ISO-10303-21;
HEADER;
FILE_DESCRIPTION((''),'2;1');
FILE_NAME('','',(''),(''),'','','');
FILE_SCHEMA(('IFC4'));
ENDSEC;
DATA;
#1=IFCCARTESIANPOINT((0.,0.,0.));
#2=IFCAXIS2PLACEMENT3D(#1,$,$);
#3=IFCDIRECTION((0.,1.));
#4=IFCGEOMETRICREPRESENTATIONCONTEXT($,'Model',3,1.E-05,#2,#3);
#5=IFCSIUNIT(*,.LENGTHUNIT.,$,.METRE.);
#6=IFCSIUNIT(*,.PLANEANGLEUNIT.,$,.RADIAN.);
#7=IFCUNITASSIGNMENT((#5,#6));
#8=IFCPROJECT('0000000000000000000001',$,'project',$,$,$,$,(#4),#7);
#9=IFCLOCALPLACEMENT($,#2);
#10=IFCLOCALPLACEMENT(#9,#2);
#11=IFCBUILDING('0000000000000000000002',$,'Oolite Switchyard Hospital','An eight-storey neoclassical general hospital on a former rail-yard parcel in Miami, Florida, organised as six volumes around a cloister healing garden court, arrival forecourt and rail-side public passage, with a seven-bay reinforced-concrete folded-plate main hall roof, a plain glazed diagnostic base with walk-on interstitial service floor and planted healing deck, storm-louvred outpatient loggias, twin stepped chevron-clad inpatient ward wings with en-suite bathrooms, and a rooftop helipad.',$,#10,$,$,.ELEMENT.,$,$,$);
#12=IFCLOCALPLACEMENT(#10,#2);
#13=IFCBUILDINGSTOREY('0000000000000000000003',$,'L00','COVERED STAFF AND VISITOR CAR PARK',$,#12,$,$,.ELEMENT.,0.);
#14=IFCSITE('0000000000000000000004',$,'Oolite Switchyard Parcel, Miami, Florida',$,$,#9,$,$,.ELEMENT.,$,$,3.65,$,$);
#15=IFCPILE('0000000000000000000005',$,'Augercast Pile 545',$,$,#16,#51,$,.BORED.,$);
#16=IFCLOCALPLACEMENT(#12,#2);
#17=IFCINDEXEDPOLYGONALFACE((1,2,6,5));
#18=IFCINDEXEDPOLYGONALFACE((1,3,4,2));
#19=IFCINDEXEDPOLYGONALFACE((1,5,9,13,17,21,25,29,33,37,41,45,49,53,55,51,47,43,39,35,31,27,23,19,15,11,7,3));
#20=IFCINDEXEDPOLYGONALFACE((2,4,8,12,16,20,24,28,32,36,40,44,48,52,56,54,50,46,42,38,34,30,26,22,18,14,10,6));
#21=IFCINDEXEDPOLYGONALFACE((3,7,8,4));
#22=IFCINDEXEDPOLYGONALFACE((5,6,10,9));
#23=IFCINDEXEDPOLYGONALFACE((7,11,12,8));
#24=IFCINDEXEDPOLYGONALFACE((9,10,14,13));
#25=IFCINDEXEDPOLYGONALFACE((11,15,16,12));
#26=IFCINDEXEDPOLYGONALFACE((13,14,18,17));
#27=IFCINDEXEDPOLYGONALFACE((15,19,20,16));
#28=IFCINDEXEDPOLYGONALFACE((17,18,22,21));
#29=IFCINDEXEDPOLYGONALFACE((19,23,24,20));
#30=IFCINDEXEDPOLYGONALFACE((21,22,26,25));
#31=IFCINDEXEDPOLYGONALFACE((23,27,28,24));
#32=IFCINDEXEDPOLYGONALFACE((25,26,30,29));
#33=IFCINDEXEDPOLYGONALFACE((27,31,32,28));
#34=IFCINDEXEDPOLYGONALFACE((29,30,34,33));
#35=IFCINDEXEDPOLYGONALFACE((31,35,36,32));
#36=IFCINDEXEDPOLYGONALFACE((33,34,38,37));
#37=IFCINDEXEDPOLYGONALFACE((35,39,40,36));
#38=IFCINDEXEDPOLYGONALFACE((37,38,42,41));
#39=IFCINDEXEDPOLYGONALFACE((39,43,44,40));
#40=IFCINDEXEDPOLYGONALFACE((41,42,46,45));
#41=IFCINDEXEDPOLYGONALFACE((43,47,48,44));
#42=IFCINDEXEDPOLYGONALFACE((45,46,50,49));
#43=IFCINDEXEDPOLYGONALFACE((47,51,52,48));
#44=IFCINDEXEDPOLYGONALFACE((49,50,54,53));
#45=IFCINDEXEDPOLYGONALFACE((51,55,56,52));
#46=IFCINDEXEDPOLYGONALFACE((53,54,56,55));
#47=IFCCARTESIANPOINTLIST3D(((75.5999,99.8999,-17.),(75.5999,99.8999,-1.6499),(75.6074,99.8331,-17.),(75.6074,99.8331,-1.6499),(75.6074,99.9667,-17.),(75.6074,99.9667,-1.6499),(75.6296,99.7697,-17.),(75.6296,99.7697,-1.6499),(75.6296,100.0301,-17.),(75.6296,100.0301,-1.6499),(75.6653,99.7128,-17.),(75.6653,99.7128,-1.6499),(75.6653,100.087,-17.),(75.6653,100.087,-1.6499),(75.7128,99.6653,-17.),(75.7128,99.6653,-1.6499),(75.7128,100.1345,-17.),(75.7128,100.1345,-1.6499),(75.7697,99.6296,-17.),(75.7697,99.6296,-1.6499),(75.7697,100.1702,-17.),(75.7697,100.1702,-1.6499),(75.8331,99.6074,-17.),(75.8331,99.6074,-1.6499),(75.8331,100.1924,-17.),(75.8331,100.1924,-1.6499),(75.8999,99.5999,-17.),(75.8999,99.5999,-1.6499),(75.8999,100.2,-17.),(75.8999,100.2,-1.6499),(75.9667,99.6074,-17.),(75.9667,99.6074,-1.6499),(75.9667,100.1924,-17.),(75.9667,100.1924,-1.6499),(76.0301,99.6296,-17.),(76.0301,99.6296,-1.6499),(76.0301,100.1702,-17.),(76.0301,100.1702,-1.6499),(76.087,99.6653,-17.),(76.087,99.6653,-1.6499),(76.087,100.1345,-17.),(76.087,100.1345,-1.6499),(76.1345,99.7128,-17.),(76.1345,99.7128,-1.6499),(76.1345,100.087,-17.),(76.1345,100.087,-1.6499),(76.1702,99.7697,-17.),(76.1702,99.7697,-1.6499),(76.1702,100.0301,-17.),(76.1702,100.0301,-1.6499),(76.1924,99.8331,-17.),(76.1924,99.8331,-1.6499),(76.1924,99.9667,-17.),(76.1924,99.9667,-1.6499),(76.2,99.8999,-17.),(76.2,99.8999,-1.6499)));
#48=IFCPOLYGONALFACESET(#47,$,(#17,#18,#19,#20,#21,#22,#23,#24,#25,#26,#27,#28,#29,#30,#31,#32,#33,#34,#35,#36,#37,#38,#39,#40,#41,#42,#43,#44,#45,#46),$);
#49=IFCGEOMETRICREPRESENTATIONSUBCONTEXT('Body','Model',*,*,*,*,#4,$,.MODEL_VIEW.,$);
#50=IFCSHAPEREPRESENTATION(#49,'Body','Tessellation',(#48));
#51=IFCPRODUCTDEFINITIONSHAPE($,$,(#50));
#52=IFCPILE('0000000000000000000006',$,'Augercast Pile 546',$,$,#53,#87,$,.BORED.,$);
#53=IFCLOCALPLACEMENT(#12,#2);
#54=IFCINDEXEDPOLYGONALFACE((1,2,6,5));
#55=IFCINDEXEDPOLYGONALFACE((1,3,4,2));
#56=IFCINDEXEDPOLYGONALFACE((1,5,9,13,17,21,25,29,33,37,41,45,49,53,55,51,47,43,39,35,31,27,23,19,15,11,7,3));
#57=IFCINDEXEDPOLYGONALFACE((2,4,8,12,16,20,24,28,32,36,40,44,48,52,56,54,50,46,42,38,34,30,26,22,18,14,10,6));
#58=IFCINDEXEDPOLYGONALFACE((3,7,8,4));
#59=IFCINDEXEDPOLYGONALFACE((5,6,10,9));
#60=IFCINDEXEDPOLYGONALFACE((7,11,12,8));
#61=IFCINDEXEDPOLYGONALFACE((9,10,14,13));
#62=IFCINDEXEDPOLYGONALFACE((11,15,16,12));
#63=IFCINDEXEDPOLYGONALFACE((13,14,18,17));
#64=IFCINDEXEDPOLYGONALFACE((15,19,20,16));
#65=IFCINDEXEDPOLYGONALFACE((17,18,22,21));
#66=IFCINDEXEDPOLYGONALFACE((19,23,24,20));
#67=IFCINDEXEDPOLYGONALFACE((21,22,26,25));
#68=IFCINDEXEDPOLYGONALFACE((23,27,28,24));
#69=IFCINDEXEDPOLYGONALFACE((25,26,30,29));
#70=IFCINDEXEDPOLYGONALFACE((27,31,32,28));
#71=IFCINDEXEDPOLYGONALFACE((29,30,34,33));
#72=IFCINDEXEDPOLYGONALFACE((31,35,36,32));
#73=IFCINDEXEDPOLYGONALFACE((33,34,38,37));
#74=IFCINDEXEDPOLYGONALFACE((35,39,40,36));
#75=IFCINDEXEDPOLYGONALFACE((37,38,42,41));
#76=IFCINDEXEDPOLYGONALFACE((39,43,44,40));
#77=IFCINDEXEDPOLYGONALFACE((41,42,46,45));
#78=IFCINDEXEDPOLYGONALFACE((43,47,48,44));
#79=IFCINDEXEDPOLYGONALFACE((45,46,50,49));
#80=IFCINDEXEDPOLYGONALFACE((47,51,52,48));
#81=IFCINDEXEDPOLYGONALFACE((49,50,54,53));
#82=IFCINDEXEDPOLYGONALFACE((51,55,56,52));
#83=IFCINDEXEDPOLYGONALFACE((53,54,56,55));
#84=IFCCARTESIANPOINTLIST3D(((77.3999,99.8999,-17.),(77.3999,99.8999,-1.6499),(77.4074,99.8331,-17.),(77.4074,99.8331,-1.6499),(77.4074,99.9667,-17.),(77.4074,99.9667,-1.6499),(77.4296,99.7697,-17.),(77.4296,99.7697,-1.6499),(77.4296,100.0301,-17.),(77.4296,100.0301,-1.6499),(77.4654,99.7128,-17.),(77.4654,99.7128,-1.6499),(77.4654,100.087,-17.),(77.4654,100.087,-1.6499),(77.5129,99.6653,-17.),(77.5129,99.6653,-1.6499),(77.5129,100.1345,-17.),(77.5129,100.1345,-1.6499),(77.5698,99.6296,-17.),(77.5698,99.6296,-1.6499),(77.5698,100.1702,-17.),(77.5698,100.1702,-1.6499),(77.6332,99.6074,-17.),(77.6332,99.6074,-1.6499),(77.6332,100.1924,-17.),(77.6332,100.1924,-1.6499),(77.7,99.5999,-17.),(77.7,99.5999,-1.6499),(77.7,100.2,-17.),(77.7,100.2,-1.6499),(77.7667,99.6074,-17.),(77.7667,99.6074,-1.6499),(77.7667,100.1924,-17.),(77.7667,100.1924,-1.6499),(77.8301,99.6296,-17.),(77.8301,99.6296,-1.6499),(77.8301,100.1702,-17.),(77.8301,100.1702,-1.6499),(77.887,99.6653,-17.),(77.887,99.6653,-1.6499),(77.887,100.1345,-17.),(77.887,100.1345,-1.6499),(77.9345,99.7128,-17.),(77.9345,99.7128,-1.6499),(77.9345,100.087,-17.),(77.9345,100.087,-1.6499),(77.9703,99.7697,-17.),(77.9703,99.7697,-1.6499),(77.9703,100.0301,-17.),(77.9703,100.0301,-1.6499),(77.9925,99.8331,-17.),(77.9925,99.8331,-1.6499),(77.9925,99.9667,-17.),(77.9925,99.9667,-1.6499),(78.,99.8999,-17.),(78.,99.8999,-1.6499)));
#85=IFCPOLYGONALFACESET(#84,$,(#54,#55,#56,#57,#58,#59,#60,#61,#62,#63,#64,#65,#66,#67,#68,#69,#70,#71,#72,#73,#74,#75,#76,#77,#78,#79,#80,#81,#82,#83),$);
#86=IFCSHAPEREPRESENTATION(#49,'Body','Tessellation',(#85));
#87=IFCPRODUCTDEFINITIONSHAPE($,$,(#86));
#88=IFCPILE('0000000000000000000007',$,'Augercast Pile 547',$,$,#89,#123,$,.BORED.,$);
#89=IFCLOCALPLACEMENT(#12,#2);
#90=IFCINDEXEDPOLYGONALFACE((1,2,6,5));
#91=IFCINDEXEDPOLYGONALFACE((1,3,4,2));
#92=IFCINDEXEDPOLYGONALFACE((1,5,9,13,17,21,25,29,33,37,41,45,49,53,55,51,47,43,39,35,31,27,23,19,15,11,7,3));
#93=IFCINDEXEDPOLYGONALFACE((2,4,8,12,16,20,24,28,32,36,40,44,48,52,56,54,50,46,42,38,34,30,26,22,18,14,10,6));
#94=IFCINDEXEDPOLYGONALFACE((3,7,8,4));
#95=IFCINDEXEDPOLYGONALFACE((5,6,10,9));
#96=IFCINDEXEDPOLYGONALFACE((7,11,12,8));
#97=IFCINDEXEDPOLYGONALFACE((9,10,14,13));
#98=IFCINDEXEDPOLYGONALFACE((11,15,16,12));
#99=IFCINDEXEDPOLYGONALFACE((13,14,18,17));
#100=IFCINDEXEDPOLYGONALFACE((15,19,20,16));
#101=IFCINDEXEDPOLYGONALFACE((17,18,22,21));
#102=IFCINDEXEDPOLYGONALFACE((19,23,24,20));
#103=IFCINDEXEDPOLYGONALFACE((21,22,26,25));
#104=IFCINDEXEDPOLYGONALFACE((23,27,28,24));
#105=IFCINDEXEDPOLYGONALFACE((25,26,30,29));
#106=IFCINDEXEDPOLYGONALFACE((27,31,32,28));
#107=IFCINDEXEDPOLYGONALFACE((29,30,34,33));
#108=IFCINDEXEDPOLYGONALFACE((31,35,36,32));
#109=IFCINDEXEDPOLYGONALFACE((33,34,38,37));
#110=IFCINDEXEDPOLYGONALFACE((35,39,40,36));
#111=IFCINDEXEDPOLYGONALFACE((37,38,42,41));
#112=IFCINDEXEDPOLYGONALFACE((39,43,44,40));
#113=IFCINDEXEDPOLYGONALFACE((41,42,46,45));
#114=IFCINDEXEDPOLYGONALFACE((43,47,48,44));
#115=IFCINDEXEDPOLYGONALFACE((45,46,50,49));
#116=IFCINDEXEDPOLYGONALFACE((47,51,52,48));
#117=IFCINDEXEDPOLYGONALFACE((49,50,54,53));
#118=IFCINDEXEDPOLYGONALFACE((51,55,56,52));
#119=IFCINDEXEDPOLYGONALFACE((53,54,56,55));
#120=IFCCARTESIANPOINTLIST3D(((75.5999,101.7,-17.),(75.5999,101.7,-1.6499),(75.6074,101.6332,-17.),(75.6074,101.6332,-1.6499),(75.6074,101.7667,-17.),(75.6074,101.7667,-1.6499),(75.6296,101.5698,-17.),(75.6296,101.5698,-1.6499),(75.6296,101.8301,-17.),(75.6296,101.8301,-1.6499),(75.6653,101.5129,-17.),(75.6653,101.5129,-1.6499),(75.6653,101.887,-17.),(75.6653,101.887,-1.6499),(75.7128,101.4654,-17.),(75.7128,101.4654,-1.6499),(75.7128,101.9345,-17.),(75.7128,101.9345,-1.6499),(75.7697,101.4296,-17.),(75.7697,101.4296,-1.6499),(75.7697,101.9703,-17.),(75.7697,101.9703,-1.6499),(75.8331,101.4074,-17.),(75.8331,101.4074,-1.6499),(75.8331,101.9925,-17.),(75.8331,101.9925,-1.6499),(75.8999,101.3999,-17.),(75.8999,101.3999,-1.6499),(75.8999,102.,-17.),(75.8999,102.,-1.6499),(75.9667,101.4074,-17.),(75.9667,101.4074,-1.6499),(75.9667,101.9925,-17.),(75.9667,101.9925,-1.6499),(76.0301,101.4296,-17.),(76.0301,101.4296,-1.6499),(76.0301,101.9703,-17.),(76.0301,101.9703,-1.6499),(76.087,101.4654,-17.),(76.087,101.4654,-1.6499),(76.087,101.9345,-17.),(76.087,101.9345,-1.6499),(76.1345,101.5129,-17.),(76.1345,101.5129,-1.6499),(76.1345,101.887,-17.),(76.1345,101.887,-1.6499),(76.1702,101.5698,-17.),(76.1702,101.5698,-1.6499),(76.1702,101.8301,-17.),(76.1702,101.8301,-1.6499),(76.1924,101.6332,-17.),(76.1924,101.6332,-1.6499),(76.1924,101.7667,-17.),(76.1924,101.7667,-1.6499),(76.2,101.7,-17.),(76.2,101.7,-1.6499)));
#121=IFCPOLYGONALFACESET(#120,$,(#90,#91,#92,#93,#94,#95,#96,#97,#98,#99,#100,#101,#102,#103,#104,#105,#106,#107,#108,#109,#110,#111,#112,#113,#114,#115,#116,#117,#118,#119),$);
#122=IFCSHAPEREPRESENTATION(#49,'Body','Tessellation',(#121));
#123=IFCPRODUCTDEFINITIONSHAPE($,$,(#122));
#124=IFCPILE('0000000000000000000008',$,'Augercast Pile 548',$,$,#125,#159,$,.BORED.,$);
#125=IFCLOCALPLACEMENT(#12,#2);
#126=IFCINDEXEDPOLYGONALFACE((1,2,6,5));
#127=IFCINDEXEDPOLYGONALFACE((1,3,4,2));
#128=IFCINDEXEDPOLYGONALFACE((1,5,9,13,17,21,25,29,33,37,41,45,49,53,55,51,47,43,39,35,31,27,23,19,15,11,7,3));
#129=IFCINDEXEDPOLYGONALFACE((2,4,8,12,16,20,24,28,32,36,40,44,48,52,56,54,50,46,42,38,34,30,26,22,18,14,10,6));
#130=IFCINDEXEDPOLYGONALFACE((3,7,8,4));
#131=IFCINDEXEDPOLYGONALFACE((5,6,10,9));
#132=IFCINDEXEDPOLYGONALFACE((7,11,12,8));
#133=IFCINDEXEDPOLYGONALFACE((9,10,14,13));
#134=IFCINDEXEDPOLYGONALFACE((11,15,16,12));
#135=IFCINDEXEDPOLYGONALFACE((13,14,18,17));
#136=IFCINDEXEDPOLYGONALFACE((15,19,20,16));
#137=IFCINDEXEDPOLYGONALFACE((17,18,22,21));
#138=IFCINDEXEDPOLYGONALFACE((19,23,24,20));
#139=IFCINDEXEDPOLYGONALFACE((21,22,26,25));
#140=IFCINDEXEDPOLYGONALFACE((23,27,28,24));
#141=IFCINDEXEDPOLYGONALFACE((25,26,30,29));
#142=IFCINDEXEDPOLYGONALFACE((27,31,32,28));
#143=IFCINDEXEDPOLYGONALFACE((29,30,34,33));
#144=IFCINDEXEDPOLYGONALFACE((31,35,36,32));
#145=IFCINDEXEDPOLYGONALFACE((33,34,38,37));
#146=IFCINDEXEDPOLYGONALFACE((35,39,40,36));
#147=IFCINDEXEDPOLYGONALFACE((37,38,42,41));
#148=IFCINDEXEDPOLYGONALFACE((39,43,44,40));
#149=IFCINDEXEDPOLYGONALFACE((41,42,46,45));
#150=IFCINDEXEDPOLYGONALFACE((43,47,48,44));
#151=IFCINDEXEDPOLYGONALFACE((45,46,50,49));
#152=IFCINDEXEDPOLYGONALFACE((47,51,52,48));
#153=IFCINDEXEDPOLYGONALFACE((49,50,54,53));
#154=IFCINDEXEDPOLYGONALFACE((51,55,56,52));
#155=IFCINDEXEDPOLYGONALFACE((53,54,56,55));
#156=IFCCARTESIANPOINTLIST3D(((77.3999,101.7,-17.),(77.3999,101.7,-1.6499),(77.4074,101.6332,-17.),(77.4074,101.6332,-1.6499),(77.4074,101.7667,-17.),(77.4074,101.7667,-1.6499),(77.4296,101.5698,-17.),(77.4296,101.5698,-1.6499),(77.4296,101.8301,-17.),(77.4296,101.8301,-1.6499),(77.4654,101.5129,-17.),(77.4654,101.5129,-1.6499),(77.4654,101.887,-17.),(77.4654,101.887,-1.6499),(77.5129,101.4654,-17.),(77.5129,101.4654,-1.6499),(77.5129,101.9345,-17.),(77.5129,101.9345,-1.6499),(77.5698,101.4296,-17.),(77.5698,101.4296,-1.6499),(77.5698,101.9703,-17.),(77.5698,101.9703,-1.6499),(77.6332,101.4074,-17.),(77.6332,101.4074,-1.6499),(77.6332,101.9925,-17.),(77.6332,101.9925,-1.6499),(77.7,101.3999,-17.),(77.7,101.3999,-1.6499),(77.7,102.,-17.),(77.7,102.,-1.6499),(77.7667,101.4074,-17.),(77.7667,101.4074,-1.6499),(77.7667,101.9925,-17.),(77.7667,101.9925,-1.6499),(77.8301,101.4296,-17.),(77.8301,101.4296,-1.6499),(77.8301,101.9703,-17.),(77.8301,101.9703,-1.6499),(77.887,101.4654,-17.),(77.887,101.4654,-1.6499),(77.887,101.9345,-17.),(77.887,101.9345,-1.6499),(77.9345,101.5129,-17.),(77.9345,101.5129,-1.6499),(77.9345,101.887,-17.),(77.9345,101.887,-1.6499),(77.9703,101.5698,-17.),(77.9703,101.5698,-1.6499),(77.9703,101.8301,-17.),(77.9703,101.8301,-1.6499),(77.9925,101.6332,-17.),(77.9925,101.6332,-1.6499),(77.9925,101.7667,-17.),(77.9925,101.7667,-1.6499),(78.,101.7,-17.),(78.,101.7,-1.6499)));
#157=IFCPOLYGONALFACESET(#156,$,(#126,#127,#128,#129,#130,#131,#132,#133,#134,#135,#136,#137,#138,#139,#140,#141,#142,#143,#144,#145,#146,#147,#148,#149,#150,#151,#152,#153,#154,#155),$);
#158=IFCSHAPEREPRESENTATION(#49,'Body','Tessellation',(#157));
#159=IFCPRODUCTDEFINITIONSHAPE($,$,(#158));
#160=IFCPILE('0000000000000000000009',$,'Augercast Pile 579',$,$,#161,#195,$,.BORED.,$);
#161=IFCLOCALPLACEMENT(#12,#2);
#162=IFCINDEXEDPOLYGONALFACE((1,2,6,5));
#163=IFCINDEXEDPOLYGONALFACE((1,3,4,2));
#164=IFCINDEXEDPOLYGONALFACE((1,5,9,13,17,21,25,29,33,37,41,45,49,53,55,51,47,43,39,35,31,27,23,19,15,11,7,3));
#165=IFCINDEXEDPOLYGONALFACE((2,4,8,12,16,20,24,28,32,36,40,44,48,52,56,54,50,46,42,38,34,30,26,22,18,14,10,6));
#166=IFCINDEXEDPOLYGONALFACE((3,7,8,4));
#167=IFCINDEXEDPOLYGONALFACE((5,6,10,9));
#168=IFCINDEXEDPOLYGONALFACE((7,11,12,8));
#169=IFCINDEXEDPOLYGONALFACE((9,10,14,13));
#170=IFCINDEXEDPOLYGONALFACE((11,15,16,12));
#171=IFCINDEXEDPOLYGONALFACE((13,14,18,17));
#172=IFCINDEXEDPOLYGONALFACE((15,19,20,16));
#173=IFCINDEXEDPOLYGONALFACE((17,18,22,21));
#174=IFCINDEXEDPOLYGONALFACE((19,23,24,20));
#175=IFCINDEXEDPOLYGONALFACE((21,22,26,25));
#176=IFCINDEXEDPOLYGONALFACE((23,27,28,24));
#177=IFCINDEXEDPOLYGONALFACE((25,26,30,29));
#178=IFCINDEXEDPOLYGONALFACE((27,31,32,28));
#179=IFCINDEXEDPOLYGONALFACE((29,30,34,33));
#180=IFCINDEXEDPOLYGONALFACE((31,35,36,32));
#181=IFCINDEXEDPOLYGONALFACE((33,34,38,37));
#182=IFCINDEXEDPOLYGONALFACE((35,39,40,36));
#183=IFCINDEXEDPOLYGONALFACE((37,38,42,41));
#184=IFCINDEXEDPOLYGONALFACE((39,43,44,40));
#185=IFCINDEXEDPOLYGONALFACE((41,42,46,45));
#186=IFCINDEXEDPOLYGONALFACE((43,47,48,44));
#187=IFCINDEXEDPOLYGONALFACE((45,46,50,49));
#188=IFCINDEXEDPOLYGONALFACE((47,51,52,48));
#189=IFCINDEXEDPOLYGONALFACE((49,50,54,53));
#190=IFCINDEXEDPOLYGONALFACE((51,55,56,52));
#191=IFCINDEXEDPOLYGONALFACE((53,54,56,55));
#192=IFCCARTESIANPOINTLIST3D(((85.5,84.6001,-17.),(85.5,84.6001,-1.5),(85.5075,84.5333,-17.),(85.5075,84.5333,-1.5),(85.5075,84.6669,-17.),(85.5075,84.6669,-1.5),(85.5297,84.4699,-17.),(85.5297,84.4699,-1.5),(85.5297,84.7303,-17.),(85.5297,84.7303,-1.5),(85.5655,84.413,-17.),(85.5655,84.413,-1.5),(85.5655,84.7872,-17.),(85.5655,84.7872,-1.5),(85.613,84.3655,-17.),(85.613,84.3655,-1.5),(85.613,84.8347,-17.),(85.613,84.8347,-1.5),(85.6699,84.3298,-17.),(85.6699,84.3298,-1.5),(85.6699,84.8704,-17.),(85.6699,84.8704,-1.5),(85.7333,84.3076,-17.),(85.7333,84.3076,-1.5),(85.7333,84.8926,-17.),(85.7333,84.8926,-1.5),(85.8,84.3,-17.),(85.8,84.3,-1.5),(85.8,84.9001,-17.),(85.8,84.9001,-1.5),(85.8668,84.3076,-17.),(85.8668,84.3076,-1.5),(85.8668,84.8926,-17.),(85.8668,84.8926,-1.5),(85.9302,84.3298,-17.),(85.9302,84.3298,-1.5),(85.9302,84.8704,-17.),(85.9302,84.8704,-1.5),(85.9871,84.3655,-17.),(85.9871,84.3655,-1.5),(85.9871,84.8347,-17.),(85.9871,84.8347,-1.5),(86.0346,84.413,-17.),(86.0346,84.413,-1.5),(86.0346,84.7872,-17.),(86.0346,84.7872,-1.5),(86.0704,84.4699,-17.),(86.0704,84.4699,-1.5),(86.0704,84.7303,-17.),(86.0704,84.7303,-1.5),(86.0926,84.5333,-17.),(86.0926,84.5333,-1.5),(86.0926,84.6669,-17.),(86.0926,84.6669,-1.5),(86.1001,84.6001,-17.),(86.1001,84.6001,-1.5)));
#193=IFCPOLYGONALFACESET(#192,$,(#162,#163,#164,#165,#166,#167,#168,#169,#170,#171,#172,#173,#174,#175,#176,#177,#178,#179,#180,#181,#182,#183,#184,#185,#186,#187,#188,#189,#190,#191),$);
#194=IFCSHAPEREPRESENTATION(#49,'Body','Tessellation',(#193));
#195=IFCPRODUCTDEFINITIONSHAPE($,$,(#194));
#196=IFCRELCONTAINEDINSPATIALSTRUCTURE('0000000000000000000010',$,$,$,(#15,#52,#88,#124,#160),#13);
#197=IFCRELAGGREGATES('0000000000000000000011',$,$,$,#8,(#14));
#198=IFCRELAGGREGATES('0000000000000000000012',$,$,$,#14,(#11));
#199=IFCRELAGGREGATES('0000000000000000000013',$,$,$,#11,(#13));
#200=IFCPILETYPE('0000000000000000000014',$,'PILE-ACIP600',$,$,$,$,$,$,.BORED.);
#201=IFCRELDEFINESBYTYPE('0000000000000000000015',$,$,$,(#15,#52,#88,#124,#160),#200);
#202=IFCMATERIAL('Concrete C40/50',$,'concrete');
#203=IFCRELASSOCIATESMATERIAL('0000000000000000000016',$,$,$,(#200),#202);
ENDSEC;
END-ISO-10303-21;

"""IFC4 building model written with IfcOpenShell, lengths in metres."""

from ifc_helpers import new_model, si_unit, direction, frame, origin, origin_2d, place, context, subcontext, project, spatial, circle, extrude, material, material_profile, profile_set, type_object, element, save


model = new_model("IFC4")

# Units and contexts
model_context = context("Model", 3, precision=1e-05, world=origin(), true_north=direction((0.0, 1.0)))
body_context = subcontext(model_context, "Body", "Model", "MODEL_VIEW")
ifc_project = project(units=[si_unit("LENGTHUNIT", "METRE"), si_unit("PLANEANGLEUNIT", "RADIAN")], contexts=[model_context])

# Site, building, storey
site_placement = place(None, origin())
site = spatial("IfcSite", under=ifc_project, at=site_placement, Name="Oolite Switchyard Parcel, Miami, Florida", CompositionType="ELEMENT", RefElevation=3.65)
building_placement = place(site_placement, origin())
building = spatial("IfcBuilding", under=site, at=building_placement, Name="Oolite Switchyard Hospital", Description="An eight-storey neoclassical general hospital on a former rail-yard parcel in Miami, Florida, organised as six volumes around a cloister healing garden court, arrival forecourt and rail-side public passage, with a seven-bay reinforced-concrete folded-plate main hall roof, a plain glazed diagnostic base with walk-on interstitial service floor and planted healing deck, storm-louvred outpatient loggias, twin stepped chevron-clad inpatient ward wings with en-suite bathrooms, and a rooftop helipad.", CompositionType="ELEMENT")
storey_placement = place(building_placement, origin())
storey = spatial("IfcBuildingStorey", under=building, at=storey_placement, Name="L00", Description="COVERED STAFF AND VISITOR CAR PARK", CompositionType="ELEMENT", Elevation=0.0)

# Shared definitions
ifc_material_1 = material(Name="Concrete C40/50", Category="concrete")

# Piles
ifc_material_profile_1 = material_profile(ifc_material_1, circle(Radius=0.3, at=origin_2d()), Name="PILE600")
ifc_profile_set_1 = profile_set([ifc_material_profile_1], Name="Concrete C40/50")
pile_type = type_object("IfcPileType", Name="PILE-ACIP600", PredefinedType="BORED", material=ifc_profile_set_1)
for number, where, z_axis, x_axis, name in (
    (1, (75.8999, 99.8999, -1.6499), (0.0, 0.0, -1.0), (1.0, 0.0, 0.0), "Augercast Pile 545"),
    (2, (77.7, 99.8999, -1.6499), (0.0, 0.0, -1.0), (1.0, 0.0, 0.0), "Augercast Pile 546"),
    (3, (75.8999, 101.7, -1.6499), (0.0, 0.0, -1.0), (1.0, 0.0, 0.0), "Augercast Pile 547"),
    (4, (77.7, 101.7, -1.6499), (0.0, 0.0, -1.0), (1.0, 0.0, 0.0), "Augercast Pile 548"),
):
    element("IfcPile", number, at=place(storey_placement, frame(where, z_axis=z_axis, x_axis=x_axis)), inside=storey, type_object=pile_type, Name=name, PredefinedType="BORED", context=body_context, shape_type="SweptSolid", body=[
        extrude(circle(Radius=0.3, at=origin_2d()), origin(), (0.0, 0.0, 1.0), 15.3501),
    ])
pile_placement = place(storey_placement, frame((85.8, 84.6001, -1.5), z_axis=(0.0, 0.0, -1.0), x_axis=(1.0, 0.0, 0.0)))
element("IfcPile", 5, at=pile_placement, inside=storey, type_object=pile_type, Name="Augercast Pile 579", PredefinedType="BORED", context=body_context, shape_type="SweptSolid", body=[
    extrude(circle(Radius=0.3, at=origin_2d()), origin(), (0.0, 0.0, 1.0), 15.5),
])

save(model, "model.ifc")
